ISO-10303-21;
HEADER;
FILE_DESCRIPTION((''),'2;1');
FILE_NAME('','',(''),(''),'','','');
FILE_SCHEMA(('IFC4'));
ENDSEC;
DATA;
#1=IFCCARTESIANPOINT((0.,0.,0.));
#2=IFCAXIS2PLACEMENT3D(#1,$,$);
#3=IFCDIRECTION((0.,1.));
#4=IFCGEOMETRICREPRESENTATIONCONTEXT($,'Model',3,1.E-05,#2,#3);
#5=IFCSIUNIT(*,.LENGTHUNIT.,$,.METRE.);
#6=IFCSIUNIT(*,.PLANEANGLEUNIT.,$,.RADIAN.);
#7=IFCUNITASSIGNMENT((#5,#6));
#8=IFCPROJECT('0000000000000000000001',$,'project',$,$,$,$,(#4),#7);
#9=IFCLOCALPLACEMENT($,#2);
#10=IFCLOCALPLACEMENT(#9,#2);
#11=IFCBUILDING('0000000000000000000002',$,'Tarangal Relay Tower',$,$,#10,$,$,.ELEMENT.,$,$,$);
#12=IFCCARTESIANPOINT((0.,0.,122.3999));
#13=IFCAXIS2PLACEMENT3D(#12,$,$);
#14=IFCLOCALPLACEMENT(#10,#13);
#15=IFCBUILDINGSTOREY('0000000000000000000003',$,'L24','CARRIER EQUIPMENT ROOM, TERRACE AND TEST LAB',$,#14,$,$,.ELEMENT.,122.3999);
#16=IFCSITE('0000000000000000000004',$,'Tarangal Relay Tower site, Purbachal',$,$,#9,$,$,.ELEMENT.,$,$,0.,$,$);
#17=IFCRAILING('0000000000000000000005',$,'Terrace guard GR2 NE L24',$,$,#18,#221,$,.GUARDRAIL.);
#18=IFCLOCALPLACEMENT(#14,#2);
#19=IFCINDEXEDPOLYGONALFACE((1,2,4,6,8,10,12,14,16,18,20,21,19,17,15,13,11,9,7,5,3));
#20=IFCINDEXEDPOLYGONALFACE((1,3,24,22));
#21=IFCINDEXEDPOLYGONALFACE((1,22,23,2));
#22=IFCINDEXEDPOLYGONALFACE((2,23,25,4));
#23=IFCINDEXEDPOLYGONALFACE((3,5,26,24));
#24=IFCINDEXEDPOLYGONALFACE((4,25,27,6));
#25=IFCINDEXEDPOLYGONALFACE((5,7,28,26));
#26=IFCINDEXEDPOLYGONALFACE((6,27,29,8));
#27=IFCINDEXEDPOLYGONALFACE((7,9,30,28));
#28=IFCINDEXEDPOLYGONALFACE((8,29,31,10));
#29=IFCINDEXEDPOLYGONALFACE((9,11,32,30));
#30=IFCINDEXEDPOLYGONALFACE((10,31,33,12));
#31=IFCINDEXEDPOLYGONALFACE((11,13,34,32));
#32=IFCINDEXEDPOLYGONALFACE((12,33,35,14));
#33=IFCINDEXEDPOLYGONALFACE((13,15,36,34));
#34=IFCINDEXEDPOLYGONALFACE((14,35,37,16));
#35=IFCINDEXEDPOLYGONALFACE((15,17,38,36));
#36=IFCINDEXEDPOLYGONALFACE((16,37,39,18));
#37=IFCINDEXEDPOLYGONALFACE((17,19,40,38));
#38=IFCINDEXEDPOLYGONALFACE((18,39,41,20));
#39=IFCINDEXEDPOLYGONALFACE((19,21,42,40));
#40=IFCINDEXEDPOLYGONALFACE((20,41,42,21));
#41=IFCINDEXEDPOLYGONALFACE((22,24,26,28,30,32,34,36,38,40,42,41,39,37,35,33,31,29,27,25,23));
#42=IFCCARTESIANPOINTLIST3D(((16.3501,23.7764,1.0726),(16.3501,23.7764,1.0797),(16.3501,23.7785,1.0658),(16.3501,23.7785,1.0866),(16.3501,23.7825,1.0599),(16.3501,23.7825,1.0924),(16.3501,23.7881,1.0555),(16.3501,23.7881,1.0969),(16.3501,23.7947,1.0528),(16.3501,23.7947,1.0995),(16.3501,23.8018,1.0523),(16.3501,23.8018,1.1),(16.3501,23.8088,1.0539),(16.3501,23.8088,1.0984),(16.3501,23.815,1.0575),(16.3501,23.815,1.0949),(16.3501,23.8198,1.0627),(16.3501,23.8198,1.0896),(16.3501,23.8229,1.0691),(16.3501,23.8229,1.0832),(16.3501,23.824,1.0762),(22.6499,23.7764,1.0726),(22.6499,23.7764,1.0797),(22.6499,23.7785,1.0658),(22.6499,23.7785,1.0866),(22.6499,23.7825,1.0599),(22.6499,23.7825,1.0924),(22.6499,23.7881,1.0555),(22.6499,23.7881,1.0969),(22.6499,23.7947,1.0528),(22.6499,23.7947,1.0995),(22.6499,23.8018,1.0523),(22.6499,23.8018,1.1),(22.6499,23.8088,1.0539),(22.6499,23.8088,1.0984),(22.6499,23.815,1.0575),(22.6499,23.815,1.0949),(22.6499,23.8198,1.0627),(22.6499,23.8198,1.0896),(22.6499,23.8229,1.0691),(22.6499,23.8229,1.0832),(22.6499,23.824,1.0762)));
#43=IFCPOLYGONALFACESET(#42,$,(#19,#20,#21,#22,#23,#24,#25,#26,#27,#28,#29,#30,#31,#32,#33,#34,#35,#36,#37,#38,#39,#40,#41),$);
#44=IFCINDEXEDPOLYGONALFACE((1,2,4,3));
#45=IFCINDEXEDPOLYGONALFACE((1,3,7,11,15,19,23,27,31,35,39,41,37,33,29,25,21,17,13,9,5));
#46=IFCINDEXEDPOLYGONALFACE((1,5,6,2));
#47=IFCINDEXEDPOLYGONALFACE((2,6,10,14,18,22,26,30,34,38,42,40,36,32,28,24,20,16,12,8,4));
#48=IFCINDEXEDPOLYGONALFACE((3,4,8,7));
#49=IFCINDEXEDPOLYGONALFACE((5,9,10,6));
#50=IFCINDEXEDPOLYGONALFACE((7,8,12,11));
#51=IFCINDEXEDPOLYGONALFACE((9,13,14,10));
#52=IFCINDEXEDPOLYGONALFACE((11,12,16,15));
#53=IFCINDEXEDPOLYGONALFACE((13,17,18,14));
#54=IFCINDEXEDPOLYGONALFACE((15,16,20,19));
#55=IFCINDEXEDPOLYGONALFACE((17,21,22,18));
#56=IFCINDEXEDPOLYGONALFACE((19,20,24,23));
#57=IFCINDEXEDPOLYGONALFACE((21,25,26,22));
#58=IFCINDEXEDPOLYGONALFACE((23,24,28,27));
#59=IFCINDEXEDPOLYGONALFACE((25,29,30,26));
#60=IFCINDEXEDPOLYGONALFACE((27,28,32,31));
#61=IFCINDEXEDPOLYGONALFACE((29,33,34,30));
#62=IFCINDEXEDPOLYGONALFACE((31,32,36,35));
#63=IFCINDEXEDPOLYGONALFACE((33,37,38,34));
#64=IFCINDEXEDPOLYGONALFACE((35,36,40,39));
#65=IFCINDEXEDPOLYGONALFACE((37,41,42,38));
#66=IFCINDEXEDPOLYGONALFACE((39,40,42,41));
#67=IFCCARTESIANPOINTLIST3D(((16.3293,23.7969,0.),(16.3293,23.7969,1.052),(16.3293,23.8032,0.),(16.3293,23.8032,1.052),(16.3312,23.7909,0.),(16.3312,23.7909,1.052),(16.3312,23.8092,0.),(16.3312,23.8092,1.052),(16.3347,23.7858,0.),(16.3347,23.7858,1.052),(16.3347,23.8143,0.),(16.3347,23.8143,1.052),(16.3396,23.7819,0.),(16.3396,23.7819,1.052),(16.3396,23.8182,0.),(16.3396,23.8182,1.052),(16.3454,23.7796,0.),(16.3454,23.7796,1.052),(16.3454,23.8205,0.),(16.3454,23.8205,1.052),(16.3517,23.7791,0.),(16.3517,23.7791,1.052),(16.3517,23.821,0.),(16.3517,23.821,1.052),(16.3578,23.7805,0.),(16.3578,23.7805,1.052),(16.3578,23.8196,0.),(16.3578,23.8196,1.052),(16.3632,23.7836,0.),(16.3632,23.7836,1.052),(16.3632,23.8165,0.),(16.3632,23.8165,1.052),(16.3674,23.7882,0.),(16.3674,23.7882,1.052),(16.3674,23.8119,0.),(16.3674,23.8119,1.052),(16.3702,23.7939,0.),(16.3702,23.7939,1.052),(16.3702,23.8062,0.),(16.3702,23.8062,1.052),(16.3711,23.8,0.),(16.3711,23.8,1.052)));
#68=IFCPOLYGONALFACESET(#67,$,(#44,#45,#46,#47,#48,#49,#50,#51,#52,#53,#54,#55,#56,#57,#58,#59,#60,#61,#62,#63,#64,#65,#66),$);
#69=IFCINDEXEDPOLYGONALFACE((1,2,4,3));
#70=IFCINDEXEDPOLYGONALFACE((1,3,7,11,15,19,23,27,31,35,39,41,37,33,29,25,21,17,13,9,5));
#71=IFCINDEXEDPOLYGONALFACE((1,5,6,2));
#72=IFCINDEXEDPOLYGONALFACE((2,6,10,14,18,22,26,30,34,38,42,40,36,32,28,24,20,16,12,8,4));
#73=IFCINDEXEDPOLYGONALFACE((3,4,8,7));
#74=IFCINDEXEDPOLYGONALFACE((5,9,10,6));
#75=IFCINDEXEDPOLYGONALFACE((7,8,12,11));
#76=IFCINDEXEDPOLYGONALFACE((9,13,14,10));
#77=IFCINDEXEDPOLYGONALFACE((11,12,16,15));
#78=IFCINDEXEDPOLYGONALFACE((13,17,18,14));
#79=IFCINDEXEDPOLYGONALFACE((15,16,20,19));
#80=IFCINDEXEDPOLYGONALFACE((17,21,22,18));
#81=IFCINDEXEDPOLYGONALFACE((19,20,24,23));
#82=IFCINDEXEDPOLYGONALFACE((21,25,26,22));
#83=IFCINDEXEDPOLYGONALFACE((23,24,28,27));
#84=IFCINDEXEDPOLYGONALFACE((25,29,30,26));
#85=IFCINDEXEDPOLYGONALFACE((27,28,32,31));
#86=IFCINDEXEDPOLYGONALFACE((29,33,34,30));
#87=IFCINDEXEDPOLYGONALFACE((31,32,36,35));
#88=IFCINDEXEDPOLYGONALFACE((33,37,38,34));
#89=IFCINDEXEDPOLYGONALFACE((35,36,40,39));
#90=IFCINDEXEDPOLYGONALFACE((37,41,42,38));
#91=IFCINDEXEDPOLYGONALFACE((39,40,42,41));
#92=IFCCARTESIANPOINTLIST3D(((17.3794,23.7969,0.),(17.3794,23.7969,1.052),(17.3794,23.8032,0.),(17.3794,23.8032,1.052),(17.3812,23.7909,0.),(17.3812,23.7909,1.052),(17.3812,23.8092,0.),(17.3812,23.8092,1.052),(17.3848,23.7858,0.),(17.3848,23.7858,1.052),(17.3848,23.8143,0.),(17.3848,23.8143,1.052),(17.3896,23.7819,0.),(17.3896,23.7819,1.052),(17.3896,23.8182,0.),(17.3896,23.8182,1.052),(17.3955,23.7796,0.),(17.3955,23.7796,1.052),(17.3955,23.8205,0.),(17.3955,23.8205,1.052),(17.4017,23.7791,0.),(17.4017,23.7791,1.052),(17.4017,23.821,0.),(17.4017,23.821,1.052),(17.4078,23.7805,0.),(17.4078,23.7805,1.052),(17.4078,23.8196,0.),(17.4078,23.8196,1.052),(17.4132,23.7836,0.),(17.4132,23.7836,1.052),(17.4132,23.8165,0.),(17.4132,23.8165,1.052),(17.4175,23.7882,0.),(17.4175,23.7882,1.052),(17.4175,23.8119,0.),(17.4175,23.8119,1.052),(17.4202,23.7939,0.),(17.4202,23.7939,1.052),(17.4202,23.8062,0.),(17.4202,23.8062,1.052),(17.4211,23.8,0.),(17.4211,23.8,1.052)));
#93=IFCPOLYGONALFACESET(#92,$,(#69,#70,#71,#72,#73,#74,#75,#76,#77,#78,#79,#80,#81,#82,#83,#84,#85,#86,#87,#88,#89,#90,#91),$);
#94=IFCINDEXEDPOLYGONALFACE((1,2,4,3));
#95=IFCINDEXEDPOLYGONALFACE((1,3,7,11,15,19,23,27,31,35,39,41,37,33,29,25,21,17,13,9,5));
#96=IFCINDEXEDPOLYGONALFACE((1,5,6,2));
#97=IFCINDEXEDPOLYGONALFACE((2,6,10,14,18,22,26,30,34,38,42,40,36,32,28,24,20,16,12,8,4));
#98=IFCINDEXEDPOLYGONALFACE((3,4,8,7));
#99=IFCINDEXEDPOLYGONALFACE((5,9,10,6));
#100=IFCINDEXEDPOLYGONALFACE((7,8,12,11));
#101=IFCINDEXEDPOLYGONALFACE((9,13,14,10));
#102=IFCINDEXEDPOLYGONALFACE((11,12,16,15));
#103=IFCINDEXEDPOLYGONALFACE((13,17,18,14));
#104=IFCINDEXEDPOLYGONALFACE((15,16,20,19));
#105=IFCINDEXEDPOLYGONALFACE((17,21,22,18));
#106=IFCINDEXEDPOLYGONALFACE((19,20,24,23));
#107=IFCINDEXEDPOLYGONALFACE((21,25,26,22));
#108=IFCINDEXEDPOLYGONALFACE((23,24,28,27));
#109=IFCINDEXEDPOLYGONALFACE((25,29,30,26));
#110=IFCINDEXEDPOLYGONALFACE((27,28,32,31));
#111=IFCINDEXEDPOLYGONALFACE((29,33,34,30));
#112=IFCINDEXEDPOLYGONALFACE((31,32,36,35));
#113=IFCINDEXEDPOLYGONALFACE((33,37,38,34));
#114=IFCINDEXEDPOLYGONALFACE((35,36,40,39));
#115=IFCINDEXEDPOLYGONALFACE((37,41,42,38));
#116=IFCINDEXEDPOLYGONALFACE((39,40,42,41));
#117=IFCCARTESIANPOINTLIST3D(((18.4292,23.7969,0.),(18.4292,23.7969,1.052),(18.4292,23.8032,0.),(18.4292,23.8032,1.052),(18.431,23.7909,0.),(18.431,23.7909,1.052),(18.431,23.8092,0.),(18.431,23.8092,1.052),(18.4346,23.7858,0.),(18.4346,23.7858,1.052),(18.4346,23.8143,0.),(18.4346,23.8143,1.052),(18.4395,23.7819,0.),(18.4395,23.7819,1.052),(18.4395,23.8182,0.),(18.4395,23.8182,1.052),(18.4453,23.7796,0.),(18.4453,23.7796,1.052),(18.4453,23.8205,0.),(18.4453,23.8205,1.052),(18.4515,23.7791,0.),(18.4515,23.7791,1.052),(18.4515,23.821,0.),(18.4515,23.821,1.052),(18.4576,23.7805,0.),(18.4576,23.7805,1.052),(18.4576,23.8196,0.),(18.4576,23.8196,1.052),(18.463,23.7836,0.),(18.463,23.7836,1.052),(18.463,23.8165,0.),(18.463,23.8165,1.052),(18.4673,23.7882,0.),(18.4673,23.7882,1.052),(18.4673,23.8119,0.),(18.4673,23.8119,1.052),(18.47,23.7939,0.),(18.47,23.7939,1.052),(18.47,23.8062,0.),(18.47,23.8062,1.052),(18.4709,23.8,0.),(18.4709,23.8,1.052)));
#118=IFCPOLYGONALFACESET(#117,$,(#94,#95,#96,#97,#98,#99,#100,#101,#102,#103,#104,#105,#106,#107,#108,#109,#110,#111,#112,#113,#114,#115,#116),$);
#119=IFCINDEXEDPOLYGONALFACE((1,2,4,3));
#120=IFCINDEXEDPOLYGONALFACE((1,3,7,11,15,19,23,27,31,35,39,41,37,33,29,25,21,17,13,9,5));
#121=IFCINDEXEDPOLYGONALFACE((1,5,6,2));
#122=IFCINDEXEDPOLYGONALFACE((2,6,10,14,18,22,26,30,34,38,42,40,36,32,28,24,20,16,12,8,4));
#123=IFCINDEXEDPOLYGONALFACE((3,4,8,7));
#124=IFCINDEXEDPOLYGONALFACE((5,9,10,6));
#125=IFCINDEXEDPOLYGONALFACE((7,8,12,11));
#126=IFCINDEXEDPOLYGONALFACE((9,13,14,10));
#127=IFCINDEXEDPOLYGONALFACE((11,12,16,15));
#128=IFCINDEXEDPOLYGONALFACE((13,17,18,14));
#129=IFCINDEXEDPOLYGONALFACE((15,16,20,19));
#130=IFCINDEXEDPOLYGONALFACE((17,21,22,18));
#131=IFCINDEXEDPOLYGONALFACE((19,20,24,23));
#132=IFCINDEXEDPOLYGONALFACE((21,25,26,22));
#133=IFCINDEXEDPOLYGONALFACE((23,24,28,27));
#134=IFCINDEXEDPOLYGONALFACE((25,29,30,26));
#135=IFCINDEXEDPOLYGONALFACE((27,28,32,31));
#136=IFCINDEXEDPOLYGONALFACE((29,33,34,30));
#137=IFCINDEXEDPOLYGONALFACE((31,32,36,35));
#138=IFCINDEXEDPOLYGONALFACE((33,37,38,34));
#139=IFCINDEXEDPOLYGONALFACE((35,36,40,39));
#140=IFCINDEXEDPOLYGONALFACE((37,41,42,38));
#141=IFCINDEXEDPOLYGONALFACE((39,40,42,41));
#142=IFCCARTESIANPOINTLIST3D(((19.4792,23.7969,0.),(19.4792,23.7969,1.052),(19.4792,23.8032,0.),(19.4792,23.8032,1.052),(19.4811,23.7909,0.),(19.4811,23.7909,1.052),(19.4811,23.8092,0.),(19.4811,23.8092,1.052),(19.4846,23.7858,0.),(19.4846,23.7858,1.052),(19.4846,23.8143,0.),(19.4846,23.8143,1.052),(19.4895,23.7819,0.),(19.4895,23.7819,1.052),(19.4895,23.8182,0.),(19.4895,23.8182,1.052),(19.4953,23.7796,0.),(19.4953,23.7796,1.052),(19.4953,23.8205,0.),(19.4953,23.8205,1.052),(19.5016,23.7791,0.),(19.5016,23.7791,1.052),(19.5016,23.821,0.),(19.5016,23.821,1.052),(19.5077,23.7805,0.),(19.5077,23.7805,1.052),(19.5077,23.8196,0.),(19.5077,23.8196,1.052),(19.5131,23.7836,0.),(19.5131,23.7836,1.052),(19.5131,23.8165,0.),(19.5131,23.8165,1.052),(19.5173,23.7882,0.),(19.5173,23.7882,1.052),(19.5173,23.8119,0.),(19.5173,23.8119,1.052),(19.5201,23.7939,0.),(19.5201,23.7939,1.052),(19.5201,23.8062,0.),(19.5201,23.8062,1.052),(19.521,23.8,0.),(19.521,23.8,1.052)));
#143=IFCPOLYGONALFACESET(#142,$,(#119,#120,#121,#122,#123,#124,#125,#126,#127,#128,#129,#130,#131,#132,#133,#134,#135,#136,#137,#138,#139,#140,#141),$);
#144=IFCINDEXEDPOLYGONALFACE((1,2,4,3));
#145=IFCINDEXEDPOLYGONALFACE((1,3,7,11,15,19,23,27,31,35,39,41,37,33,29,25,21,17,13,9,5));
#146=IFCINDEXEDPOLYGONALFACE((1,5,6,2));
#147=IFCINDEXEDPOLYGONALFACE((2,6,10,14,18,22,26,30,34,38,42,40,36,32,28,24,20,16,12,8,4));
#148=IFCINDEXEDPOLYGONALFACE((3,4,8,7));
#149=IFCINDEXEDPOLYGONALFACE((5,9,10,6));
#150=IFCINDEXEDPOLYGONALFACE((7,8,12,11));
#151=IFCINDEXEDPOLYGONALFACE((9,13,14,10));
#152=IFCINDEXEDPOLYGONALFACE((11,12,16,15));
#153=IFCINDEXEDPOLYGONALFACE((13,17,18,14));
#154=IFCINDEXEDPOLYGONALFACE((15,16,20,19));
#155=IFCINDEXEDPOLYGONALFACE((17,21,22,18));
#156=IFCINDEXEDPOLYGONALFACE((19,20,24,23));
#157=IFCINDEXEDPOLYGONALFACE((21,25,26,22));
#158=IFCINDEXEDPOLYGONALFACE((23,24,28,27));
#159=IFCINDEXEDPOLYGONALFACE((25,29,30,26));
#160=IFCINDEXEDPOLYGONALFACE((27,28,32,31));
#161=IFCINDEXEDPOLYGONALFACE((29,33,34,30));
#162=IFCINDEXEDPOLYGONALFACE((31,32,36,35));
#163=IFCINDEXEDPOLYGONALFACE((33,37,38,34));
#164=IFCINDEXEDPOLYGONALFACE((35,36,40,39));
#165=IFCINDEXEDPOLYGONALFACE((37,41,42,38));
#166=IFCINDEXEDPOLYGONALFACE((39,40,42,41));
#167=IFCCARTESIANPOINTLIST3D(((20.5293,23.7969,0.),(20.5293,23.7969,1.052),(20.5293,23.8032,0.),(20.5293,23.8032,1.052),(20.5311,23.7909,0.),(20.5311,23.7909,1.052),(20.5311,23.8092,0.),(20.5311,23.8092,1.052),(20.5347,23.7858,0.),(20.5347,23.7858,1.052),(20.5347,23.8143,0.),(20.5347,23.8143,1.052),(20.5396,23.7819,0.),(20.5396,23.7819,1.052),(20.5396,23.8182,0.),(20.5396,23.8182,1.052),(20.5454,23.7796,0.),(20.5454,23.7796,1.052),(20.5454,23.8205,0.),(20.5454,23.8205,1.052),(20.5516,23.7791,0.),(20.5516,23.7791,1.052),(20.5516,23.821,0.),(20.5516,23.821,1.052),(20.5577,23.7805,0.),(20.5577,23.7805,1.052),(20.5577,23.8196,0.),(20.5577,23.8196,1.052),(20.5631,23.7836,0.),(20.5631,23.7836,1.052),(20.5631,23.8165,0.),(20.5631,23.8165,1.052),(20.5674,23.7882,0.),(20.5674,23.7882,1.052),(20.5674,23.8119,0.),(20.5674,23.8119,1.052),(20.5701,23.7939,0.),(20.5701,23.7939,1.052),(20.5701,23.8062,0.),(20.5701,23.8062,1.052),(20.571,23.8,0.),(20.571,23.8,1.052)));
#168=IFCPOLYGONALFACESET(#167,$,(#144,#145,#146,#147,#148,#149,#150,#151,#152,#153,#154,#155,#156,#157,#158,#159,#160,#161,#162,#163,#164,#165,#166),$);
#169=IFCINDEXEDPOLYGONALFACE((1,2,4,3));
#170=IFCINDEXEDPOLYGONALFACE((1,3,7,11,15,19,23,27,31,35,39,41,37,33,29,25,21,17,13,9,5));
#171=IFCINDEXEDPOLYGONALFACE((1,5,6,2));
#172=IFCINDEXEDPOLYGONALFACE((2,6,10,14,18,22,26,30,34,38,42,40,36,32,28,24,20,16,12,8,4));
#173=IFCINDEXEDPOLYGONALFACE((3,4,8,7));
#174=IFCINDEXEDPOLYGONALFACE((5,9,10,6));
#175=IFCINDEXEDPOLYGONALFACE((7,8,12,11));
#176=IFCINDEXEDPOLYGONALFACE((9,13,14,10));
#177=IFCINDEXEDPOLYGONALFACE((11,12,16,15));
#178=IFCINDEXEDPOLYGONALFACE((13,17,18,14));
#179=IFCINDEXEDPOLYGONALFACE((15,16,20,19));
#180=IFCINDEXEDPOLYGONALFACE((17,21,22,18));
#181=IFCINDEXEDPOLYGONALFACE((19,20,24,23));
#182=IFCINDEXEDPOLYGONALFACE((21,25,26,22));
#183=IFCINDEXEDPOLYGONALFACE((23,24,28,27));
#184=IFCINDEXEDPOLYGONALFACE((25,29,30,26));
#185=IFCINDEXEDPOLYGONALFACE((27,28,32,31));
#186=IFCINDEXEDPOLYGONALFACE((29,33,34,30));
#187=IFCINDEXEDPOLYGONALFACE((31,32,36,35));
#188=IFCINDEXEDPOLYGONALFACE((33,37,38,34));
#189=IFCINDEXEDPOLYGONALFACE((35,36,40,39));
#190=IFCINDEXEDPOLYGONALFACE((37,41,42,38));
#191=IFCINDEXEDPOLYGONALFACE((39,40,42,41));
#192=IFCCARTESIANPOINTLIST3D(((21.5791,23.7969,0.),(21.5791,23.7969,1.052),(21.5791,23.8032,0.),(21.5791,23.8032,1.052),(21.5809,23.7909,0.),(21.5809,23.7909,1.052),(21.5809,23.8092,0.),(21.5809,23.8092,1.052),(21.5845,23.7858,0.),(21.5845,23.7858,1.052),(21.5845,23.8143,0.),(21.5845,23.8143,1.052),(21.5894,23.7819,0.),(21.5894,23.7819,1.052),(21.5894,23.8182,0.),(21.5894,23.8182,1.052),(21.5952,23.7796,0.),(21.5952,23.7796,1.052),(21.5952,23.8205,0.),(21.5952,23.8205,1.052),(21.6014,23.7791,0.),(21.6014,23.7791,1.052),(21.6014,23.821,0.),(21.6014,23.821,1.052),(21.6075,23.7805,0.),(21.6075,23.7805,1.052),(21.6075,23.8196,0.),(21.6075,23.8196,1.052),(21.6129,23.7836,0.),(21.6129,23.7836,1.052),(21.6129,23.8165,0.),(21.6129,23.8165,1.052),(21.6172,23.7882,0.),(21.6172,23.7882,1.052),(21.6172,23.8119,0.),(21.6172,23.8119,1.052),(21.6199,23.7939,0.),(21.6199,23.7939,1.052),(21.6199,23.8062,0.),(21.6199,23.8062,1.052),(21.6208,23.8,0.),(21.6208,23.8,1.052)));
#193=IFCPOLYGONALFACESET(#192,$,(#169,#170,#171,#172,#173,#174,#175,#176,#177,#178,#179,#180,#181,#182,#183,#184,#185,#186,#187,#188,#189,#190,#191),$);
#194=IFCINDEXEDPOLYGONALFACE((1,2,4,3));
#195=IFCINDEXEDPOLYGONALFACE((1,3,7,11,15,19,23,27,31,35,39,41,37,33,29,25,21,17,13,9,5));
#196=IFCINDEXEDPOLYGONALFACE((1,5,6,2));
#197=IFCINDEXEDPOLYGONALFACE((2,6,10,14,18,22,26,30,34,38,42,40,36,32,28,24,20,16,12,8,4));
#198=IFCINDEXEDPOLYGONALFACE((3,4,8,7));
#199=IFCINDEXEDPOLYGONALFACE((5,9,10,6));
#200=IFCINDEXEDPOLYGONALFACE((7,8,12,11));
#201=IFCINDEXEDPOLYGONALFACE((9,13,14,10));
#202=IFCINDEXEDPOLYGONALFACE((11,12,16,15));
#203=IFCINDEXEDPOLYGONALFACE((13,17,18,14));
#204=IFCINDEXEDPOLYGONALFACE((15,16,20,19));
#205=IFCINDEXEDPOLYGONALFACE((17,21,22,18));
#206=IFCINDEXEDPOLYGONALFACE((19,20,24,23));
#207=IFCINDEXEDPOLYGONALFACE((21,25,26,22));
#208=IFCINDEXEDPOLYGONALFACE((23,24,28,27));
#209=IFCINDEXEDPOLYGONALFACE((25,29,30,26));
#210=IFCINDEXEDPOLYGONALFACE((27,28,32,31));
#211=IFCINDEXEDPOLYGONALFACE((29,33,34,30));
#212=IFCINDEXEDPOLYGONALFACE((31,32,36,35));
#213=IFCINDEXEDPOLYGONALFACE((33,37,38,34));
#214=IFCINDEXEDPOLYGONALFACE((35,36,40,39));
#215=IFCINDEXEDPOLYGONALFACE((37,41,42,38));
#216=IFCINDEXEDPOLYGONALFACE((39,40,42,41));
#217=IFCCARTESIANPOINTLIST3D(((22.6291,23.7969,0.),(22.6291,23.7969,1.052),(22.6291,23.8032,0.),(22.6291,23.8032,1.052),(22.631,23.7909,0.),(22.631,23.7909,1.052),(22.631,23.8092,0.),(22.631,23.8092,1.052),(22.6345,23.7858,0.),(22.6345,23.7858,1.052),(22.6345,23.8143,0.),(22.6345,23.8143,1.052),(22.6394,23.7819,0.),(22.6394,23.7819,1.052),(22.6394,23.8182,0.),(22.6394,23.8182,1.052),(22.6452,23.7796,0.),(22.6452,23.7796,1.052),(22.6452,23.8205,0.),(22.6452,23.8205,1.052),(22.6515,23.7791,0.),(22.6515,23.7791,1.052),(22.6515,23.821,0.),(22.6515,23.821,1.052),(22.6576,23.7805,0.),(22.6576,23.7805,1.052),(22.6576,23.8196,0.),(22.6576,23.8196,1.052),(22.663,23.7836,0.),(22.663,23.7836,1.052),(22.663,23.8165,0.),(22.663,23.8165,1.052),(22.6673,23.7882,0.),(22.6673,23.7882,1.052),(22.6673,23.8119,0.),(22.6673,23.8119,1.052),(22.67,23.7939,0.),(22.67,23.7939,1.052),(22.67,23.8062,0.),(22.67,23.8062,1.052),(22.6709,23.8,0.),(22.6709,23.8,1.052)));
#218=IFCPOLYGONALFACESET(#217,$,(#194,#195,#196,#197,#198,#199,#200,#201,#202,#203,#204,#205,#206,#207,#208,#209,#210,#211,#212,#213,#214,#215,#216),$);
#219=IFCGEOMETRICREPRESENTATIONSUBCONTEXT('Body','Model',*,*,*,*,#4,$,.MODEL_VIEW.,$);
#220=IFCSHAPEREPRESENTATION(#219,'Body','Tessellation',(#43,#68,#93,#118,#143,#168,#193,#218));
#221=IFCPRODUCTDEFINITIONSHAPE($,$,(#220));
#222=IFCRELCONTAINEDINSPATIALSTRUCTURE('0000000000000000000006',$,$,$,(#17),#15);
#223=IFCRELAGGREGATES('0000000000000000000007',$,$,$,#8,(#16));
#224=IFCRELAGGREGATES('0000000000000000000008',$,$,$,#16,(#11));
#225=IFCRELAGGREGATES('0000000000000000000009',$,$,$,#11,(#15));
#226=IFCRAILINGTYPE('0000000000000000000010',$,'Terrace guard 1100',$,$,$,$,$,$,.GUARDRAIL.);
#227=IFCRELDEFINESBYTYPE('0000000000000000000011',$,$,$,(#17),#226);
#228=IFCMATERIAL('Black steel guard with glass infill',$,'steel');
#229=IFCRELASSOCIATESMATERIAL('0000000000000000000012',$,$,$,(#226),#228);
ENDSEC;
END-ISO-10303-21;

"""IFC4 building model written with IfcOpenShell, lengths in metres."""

from ifc_helpers import new_model, si_unit, direction, frame, origin, origin_2d, place, context, subcontext, project, spatial, circle, extrude, material, type_object, element, save


model = new_model("IFC4")

# Units and contexts
model_context = context("Model", 3, precision=1e-05, world=origin(), true_north=direction((0.0, 1.0)))
body_context = subcontext(model_context, "Body", "Model", "MODEL_VIEW")
ifc_project = project(units=[si_unit("LENGTHUNIT", "METRE"), si_unit("PLANEANGLEUNIT", "RADIAN")], contexts=[model_context])

# Site, building, storey
site_placement = place(None, origin())
site = spatial("IfcSite", under=ifc_project, at=site_placement, Name="Tarangal Relay Tower site, Purbachal", CompositionType="ELEMENT", RefElevation=0.0)
building_placement = place(site_placement, origin())
building = spatial("IfcBuilding", under=site, at=building_placement, Name="Tarangal Relay Tower", CompositionType="ELEMENT")
storey_placement = place(building_placement, frame((0.0, 0.0, 122.3999)))
storey = spatial("IfcBuildingStorey", under=building, at=storey_placement, Name="L24", Description="CARRIER EQUIPMENT ROOM, TERRACE AND TEST LAB", CompositionType="ELEMENT", Elevation=122.3999)

# Railing
ifc_material_1 = material(Name="Black steel guard with glass infill", Category="steel")
railing_type = type_object("IfcRailingType", Name="Terrace guard 1100", PredefinedType="GUARDRAIL", material=ifc_material_1)
railing_1_placement = place(storey_placement, frame((16.3501, 23.8, 0.0)))
element("IfcRailing", 1, at=railing_1_placement, inside=storey, type_object=railing_type, Name="Terrace guard GR2 NE L24", PredefinedType="GUARDRAIL", context=body_context, shape_type="SweptSolid", body=[
    extrude(circle(Radius=0.0239, at=origin_2d()), frame((0.0, 0.0, 1.0762), z_axis=(1.0, 0.0, 0.0), x_axis=(0.0, 1.0, 0.0)), (0.0, 0.0, 1.0), 6.2998),
    extrude(circle(Radius=0.021, at=origin_2d()), origin(), (0.0, 0.0, 1.0), 1.052),
    extrude(circle(Radius=0.021, at=origin_2d()), frame((1.05, 0.0, 0.0)), (0.0, 0.0, 1.0), 1.052),
    extrude(circle(Radius=0.021, at=origin_2d()), frame((2.0999, 0.0, 0.0)), (0.0, 0.0, 1.0), 1.052),
    extrude(circle(Radius=0.021, at=origin_2d()), frame((3.1499, 0.0, 0.0)), (0.0, 0.0, 1.0), 1.052),
    extrude(circle(Radius=0.021, at=origin_2d()), frame((4.2, 0.0, 0.0)), (0.0, 0.0, 1.0), 1.052),
    extrude(circle(Radius=0.021, at=origin_2d()), frame((5.2498, 0.0, 0.0)), (0.0, 0.0, 1.0), 1.052),
    extrude(circle(Radius=0.021, at=origin_2d()), frame((6.2998, 0.0, 0.0)), (0.0, 0.0, 1.0), 1.052),
])

save(model, "model.ifc")
